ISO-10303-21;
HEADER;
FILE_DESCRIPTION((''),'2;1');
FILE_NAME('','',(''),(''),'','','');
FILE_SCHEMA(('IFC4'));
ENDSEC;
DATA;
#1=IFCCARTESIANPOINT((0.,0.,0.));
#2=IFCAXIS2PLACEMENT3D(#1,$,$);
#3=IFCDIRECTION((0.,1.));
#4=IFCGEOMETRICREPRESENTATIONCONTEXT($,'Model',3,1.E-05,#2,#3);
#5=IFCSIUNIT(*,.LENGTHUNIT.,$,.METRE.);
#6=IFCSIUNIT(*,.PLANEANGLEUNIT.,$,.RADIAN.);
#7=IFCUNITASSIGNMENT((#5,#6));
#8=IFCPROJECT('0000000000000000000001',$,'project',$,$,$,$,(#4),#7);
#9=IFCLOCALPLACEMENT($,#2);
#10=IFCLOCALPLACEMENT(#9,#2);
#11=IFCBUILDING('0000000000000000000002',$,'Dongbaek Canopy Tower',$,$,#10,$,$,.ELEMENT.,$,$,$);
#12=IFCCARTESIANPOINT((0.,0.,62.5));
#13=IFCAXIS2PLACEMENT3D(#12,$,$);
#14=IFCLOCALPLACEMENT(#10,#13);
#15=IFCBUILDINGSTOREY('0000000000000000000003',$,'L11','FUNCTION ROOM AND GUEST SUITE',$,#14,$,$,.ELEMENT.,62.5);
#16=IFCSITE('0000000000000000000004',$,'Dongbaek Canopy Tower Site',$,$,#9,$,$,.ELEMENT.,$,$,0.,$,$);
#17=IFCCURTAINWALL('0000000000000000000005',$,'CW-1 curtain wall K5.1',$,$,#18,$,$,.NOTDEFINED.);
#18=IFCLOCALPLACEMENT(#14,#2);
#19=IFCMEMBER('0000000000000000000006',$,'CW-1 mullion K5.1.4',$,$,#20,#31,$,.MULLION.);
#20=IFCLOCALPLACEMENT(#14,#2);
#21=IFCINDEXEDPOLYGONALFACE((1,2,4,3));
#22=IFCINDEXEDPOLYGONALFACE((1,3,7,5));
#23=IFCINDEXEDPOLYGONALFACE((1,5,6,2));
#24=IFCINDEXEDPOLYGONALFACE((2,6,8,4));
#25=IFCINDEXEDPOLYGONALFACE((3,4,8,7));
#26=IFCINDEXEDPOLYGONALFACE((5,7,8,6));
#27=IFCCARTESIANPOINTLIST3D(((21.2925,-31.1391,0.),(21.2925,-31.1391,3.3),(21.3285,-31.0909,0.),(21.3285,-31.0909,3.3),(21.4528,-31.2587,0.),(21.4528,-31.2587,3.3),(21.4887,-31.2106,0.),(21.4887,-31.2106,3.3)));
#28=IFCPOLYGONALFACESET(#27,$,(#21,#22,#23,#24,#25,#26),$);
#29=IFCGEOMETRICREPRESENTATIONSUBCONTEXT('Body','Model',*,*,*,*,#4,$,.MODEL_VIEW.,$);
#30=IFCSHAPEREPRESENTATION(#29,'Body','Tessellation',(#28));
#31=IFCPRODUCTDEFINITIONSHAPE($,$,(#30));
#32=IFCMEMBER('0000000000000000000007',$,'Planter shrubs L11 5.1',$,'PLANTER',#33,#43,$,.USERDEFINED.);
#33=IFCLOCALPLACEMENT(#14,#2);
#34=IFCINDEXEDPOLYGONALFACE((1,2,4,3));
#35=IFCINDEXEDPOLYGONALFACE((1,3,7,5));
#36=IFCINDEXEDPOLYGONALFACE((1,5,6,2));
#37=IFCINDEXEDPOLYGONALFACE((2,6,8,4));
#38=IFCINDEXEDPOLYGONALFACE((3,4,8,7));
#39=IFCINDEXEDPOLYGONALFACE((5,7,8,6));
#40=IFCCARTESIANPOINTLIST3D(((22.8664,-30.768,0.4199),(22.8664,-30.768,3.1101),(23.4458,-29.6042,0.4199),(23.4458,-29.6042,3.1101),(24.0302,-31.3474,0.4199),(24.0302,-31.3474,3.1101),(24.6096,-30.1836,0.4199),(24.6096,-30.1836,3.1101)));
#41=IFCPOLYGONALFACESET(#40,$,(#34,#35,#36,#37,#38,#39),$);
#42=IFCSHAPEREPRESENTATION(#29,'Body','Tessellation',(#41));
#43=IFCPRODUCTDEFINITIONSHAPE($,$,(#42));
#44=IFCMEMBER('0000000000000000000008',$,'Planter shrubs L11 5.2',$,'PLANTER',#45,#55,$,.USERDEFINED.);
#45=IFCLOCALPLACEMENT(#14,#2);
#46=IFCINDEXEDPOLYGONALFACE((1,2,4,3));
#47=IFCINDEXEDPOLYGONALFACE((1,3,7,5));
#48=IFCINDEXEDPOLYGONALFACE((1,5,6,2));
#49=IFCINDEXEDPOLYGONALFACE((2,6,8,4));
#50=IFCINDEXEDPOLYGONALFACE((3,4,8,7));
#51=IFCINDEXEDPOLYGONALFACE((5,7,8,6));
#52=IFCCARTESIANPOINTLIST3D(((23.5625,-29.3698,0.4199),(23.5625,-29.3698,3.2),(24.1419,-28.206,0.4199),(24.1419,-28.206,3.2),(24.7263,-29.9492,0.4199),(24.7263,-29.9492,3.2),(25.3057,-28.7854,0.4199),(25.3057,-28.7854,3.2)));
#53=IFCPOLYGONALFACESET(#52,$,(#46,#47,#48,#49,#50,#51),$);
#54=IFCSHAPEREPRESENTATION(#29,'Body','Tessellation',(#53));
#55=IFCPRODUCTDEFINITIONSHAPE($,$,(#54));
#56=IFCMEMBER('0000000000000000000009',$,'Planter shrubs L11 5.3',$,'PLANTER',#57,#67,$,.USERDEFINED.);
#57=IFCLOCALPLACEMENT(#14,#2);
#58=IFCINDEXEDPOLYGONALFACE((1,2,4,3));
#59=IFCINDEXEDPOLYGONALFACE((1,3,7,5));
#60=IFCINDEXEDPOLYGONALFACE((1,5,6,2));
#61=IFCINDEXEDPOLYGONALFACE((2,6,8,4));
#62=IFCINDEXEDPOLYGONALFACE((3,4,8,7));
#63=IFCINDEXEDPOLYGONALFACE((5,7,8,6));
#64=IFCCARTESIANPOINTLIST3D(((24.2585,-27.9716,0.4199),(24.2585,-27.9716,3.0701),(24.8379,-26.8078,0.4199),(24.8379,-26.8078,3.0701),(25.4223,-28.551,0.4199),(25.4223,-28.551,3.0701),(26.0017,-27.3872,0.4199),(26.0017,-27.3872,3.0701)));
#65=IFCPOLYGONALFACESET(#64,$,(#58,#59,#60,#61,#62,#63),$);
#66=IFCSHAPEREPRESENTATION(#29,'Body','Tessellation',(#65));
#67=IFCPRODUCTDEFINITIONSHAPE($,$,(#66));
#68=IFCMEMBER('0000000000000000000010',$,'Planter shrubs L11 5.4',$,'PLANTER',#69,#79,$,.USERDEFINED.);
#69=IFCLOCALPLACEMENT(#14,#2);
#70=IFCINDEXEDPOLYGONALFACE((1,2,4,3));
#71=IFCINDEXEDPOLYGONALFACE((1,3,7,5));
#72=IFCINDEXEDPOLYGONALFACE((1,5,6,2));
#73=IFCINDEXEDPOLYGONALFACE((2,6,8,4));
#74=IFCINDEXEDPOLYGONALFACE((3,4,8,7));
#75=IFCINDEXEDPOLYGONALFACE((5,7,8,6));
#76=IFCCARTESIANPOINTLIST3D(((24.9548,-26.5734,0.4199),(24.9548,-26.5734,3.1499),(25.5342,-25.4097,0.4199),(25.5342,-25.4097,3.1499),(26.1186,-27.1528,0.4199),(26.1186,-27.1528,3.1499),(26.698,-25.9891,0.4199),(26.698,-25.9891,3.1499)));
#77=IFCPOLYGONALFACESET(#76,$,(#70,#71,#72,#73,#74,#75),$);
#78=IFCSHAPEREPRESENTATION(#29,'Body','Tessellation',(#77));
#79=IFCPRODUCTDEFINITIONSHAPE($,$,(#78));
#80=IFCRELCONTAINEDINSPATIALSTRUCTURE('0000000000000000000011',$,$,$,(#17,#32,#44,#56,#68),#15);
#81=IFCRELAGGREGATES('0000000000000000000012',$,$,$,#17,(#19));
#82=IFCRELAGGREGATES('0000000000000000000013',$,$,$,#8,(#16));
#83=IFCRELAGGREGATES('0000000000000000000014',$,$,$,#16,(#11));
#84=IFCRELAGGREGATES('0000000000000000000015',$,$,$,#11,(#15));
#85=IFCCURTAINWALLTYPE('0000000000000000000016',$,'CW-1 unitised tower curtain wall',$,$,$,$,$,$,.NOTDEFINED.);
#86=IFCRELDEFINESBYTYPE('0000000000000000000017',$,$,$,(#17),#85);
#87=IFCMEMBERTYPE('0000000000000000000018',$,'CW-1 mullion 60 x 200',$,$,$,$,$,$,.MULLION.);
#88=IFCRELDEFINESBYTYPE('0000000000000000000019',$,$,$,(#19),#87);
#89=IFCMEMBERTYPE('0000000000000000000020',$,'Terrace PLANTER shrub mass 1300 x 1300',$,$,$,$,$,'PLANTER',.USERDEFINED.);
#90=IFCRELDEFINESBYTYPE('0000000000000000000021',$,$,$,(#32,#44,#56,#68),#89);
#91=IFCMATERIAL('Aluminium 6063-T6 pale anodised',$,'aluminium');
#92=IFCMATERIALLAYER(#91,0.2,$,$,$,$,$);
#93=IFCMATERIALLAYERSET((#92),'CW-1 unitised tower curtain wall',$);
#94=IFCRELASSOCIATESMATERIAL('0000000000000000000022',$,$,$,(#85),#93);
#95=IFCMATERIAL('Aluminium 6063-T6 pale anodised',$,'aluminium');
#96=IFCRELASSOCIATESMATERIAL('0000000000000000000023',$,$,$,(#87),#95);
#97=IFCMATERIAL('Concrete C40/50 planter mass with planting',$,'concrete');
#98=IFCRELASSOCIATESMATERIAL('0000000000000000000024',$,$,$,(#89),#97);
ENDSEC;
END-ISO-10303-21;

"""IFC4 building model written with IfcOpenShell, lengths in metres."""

from ifc_helpers import new_model, si_unit, direction, frame, origin, origin_2d, place, context, subcontext, project, spatial, rectangle, extrude, material, layer, layer_set, material_profile, profile_set, type_object, element, aggregate, save


model = new_model("IFC4")

# Units and contexts
model_context = context("Model", 3, precision=1e-05, world=origin(), true_north=direction((0.0, 1.0)))
body_context = subcontext(model_context, "Body", "Model", "MODEL_VIEW")
ifc_project = project(units=[si_unit("LENGTHUNIT", "METRE"), si_unit("PLANEANGLEUNIT", "RADIAN")], contexts=[model_context])

# Site, building, storey
site_placement = place(None, origin())
site = spatial("IfcSite", under=ifc_project, at=site_placement, Name="Dongbaek Canopy Tower Site", CompositionType="ELEMENT", RefElevation=0.0)
building_placement = place(site_placement, origin())
building = spatial("IfcBuilding", under=site, at=building_placement, Name="Dongbaek Canopy Tower", CompositionType="ELEMENT")
storey_placement = place(building_placement, frame((0.0, 0.0, 62.5)))
storey = spatial("IfcBuildingStorey", under=building, at=storey_placement, Name="L11", Description="FUNCTION ROOM AND GUEST SUITE", CompositionType="ELEMENT", Elevation=62.5)

# Curtain wall, member
ifc_material_1 = material(Name="Aluminium 6063-T6 pale anodised", Category="aluminium")
ifc_layer_1 = layer(ifc_material_1, 0.2)
ifc_layer_set_1 = layer_set([ifc_layer_1], Name="CW-1 unitised tower curtain wall")
curtain_wall_type = type_object("IfcCurtainWallType", Name="CW-1 unitised tower curtain wall", PredefinedType="NOTDEFINED", material=ifc_layer_set_1)
curtain_wall_placement = place(storey_placement, origin())
curtain_wall = element("IfcCurtainWall", 1, at=curtain_wall_placement, inside=storey, type_object=curtain_wall_type, Name="CW-1 curtain wall K5.1", PredefinedType="NOTDEFINED")
ifc_material_2 = material(Name="Aluminium 6063-T6 pale anodised", Category="aluminium")
ifc_material_profile_1 = material_profile(ifc_material_2, rectangle(XDim=0.2, YDim=0.0601, at=origin_2d()), Name="CW-1 mullion 60 x 200")
ifc_profile_set_1 = profile_set([ifc_material_profile_1], Name="Aluminium 6063-T6 pale anodised")
member_type_1 = type_object("IfcMemberType", Name="CW-1 mullion 60 x 200", PredefinedType="MULLION", material=ifc_profile_set_1)
member_1_placement = place(storey_placement, frame((21.3906, -31.1748, 0.0), z_axis=(0.0, 0.0, 1.0), x_axis=(0.801318, -0.598238, 0.0)))
member_1 = element("IfcMember", 2, at=member_1_placement, type_object=member_type_1, Name="CW-1 mullion K5.1.4", PredefinedType="MULLION", context=body_context, shape_type="SweptSolid", body=[
    extrude(rectangle(XDim=0.2, YDim=0.0601, at=origin_2d()), origin(), (0.0, 0.0, 1.0), 3.3),
])
aggregate(curtain_wall, [member_1])

# Members
ifc_material_3 = material(Name="Concrete C40/50 planter mass with planting", Category="concrete")
ifc_material_profile_2 = material_profile(ifc_material_3, rectangle(XDim=1.3, YDim=1.3, at=origin_2d()), Name="Terrace PLANTER shrub mass 1300 x 1300")
ifc_profile_set_2 = profile_set([ifc_material_profile_2], Name="Concrete C40/50 planter mass with planting")
member_type_2 = type_object("IfcMemberType", Name="Terrace PLANTER shrub mass 1300 x 1300", ElementType="PLANTER", PredefinedType="USERDEFINED", material=ifc_profile_set_2)
member_2_placement = place(storey_placement, frame((23.738, -30.4758, 0.4199), z_axis=(0.0, 0.0, 1.0), x_axis=(0.895193, -0.445678, 0.0)))
element("IfcMember", 3, at=member_2_placement, inside=storey, type_object=member_type_2, Name="Planter shrubs L11 5.1", ObjectType="PLANTER", PredefinedType="USERDEFINED", context=body_context, shape_type="SweptSolid", body=[
    extrude(rectangle(XDim=1.3, YDim=1.3, at=origin_2d()), origin(), (0.0, 0.0, 1.0), 2.6902),
])
member_3_placement = place(storey_placement, frame((24.4341, -29.0776, 0.4199), z_axis=(0.0, 0.0, 1.0), x_axis=(0.895193, -0.445678, 0.0)))
element("IfcMember", 4, at=member_3_placement, inside=storey, type_object=member_type_2, Name="Planter shrubs L11 5.2", ObjectType="PLANTER", PredefinedType="USERDEFINED", context=body_context, shape_type="SweptSolid", body=[
    extrude(rectangle(XDim=1.3, YDim=1.3, at=origin_2d()), origin(), (0.0, 0.0, 1.0), 2.78),
])
member_4_placement = place(storey_placement, frame((25.1301, -27.6794, 0.4199), z_axis=(0.0, 0.0, 1.0), x_axis=(0.895193, -0.445678, 0.0)))
element("IfcMember", 5, at=member_4_placement, inside=storey, type_object=member_type_2, Name="Planter shrubs L11 5.3", ObjectType="PLANTER", PredefinedType="USERDEFINED", context=body_context, shape_type="SweptSolid", body=[
    extrude(rectangle(XDim=1.3, YDim=1.3, at=origin_2d()), origin(), (0.0, 0.0, 1.0), 2.6501),
])
member_5_placement = place(storey_placement, frame((25.8264, -26.2812, 0.4199), z_axis=(0.0, 0.0, 1.0), x_axis=(0.895193, -0.445678, 0.0)))
element("IfcMember", 6, at=member_5_placement, inside=storey, type_object=member_type_2, Name="Planter shrubs L11 5.4", ObjectType="PLANTER", PredefinedType="USERDEFINED", context=body_context, shape_type="SweptSolid", body=[
    extrude(rectangle(XDim=1.3, YDim=1.3, at=origin_2d()), origin(), (0.0, 0.0, 1.0), 2.73),
])

save(model, "model.ifc")
